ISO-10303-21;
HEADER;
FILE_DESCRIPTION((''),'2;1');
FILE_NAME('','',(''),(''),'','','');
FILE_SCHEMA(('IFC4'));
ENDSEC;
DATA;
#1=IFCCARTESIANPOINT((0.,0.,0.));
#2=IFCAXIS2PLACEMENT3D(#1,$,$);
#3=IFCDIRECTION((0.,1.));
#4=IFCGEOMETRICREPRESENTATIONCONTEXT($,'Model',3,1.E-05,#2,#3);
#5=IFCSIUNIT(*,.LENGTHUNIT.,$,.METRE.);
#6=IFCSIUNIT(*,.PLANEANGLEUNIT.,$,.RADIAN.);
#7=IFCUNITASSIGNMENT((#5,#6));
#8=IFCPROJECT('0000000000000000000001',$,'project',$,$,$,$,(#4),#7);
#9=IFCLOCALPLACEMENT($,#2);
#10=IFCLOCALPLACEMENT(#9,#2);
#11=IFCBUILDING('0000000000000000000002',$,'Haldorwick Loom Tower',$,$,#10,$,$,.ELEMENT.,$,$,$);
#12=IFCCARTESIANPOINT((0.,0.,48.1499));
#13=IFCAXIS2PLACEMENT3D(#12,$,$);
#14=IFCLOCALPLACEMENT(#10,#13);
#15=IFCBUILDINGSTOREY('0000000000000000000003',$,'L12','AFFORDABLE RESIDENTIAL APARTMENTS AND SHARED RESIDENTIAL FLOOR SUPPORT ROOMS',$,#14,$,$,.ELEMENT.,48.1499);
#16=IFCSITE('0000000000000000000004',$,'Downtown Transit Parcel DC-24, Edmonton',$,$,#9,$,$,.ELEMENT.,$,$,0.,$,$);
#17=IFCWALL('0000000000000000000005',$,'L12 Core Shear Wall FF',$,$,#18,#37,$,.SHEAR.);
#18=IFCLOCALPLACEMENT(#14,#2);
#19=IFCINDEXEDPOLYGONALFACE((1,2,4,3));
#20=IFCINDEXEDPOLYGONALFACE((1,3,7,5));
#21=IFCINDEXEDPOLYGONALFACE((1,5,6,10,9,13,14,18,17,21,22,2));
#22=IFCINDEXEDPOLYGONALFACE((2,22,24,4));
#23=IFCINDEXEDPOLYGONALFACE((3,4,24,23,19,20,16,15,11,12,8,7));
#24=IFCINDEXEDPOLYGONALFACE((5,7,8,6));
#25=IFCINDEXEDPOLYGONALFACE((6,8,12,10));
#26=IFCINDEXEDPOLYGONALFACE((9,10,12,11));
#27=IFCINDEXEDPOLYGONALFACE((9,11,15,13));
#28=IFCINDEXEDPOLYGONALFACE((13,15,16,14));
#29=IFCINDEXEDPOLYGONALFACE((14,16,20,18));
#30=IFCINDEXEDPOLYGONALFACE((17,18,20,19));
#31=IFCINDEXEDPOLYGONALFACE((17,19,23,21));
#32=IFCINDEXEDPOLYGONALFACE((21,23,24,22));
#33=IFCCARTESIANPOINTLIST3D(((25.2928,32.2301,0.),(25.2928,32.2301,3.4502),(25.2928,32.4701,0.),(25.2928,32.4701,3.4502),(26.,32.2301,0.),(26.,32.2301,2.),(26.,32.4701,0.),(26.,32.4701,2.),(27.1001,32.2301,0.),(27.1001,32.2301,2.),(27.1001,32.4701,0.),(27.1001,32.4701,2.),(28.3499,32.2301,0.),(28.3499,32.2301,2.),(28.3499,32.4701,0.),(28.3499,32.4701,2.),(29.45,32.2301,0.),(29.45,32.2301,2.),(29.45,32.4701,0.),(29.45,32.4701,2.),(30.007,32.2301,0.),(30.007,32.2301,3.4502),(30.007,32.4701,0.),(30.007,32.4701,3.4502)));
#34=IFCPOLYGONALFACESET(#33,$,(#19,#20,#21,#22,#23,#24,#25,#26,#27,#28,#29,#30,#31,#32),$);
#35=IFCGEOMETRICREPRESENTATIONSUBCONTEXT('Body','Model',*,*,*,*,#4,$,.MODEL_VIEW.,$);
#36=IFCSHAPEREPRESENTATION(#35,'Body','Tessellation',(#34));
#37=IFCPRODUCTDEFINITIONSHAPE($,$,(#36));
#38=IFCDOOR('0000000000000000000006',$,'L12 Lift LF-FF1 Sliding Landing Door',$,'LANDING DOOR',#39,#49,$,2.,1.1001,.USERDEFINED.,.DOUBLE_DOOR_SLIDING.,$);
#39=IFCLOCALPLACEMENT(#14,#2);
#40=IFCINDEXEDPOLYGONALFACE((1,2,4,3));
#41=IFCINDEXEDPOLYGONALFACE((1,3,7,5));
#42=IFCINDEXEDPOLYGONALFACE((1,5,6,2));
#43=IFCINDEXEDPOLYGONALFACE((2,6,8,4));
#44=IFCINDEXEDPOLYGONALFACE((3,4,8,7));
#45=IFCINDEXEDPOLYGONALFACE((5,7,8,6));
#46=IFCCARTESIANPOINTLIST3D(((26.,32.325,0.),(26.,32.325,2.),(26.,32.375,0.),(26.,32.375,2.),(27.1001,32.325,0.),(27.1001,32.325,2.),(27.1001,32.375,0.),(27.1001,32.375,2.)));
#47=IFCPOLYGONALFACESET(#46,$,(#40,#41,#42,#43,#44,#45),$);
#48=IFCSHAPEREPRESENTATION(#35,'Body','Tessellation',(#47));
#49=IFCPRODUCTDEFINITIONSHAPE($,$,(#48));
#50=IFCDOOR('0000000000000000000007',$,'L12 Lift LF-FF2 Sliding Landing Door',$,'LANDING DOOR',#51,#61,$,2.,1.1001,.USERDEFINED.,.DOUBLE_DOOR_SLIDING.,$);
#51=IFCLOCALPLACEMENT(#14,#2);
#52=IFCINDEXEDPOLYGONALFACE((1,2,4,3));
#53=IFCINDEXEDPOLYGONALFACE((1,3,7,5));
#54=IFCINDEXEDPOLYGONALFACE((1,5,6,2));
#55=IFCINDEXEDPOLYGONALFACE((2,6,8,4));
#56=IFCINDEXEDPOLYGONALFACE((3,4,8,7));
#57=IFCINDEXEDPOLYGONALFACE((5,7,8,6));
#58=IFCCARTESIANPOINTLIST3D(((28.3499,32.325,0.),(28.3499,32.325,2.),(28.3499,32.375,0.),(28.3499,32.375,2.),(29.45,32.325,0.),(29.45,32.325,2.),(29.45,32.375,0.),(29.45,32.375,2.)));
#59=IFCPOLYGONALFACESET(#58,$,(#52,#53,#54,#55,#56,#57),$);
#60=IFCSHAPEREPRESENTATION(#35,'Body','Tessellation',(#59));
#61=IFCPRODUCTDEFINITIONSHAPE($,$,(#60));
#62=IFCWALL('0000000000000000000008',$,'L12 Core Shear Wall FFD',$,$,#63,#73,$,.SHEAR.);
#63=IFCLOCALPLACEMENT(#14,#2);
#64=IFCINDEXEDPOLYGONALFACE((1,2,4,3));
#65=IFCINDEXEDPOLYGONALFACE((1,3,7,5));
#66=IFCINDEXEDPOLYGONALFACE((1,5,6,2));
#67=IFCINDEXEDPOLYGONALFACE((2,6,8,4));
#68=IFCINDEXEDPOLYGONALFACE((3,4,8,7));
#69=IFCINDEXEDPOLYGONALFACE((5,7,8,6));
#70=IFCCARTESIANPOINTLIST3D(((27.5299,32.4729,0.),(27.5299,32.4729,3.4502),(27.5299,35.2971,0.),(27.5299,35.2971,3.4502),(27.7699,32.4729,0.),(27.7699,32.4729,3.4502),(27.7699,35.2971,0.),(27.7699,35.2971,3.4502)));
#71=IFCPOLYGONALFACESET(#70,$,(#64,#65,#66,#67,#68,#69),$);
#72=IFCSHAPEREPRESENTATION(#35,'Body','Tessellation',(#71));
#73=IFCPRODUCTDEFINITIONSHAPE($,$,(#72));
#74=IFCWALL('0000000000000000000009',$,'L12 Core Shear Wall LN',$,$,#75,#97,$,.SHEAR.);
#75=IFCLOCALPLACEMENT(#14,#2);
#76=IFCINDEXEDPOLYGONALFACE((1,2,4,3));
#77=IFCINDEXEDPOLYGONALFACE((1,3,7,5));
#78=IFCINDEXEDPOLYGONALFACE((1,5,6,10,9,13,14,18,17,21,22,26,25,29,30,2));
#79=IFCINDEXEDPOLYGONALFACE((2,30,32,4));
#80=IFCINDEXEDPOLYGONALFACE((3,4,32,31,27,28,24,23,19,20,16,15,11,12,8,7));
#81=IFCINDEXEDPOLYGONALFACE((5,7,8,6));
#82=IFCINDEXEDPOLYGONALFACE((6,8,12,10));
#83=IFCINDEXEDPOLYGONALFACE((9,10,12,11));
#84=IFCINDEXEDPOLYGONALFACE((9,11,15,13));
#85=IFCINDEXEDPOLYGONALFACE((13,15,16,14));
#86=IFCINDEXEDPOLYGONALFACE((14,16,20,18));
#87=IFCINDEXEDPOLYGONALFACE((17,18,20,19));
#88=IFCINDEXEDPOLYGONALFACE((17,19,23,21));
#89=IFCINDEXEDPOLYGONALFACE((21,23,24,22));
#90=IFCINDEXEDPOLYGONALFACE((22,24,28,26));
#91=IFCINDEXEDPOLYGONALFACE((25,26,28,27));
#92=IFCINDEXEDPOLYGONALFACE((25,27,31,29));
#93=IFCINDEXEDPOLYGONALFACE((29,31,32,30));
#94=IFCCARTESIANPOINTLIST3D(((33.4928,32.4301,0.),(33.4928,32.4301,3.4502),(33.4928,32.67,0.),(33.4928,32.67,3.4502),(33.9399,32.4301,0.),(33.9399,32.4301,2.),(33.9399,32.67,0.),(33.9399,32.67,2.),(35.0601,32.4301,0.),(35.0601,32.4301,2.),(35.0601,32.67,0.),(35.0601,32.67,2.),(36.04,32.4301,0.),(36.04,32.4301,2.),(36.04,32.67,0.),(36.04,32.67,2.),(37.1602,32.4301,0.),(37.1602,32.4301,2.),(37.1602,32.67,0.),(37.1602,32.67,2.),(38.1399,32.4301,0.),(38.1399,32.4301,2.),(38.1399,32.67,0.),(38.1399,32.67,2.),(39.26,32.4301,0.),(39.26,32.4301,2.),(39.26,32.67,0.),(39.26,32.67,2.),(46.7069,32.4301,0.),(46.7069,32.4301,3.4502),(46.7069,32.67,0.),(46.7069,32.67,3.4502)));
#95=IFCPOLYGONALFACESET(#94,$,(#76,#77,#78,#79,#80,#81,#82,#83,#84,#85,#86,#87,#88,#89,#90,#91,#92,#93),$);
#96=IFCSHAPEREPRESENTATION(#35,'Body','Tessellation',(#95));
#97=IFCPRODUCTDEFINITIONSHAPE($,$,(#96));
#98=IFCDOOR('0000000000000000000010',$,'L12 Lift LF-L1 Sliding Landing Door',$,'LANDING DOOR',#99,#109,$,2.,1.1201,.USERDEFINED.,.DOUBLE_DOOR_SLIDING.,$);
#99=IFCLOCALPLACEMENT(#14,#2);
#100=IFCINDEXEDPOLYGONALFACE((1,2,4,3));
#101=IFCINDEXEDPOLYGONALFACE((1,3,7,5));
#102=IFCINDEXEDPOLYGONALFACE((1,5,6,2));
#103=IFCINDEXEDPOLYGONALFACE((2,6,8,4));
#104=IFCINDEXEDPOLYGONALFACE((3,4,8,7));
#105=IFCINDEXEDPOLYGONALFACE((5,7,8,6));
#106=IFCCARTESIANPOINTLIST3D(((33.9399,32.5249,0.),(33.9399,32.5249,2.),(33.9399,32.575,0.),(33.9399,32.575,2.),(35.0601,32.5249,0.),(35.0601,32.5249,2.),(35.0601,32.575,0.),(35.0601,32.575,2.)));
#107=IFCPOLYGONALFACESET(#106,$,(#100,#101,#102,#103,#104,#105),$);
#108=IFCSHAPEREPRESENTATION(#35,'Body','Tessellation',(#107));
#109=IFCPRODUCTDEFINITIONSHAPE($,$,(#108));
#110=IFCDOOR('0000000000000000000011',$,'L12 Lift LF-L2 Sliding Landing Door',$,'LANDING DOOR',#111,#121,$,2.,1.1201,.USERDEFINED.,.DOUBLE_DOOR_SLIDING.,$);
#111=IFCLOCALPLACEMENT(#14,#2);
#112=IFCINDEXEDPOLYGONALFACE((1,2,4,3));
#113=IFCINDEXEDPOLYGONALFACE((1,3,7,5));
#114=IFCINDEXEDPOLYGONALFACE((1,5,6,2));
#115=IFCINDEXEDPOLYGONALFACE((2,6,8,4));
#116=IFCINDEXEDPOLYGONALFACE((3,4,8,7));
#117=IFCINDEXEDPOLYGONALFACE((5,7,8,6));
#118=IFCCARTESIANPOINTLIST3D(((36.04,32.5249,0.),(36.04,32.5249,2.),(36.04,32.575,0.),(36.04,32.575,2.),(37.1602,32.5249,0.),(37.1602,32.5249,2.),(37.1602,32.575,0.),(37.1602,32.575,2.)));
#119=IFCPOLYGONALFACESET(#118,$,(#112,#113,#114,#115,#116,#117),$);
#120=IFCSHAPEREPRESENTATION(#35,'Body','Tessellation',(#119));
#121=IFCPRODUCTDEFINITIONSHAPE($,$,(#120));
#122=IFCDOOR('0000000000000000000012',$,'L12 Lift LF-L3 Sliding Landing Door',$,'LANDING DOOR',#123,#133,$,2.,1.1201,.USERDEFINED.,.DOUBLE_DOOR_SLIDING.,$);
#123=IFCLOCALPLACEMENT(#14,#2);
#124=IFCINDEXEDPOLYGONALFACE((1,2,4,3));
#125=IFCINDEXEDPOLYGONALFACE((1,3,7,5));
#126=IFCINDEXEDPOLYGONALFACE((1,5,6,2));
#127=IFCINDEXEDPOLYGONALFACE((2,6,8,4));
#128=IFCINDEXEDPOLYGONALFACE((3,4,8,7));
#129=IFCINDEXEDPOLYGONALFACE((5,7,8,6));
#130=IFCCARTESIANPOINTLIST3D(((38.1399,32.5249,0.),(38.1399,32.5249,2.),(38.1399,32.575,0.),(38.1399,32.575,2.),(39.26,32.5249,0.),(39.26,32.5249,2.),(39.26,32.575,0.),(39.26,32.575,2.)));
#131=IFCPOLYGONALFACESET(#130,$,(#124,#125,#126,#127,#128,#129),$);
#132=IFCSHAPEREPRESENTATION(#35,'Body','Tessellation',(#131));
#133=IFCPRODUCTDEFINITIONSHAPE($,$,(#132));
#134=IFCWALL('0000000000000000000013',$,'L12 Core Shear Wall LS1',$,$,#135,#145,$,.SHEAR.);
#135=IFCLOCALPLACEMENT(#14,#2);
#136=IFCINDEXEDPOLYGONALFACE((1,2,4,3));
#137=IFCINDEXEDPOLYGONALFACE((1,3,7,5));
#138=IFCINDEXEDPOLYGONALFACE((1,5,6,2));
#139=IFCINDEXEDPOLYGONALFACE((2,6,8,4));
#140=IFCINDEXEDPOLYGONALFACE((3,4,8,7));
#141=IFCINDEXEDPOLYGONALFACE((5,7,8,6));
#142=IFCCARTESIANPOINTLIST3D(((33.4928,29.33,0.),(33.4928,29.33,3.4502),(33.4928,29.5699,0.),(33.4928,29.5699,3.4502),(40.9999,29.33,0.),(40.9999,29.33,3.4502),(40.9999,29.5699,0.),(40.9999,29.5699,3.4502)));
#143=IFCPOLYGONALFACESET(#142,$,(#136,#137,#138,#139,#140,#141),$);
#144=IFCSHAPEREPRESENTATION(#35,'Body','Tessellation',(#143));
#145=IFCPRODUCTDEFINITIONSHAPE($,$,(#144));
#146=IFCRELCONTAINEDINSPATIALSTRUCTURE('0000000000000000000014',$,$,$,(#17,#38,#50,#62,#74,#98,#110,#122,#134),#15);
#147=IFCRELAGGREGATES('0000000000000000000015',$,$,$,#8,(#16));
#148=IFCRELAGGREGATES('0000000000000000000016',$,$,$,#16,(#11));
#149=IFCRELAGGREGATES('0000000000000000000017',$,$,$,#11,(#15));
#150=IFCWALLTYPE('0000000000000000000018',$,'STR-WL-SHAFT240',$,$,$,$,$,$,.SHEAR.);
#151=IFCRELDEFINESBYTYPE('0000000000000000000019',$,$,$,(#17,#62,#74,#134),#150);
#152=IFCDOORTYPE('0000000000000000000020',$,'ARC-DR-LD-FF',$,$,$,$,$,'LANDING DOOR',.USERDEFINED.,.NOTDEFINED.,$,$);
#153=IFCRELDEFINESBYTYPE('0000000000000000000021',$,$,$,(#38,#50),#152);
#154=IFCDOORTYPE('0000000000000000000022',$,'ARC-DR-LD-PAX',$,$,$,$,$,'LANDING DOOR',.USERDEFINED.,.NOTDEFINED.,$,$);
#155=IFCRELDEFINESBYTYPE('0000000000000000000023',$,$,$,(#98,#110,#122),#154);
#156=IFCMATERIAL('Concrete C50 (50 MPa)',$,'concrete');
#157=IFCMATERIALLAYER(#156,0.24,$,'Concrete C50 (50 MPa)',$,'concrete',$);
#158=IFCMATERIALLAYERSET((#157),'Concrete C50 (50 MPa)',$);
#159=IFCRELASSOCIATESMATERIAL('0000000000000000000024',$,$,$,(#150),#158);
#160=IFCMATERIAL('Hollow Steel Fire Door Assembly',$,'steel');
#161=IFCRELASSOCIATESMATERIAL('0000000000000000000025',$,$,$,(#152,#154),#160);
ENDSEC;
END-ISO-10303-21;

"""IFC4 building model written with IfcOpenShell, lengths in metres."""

from ifc_helpers import new_model, si_unit, direction, frame, frame_2d, origin, place, context, subcontext, project, spatial, rectangle, extrude, material, layer, layer_set, type_object, element, fill, save


model = new_model("IFC4")

# Units and contexts
model_context = context("Model", 3, precision=1e-05, world=origin(), true_north=direction((0.0, 1.0)))
body_context = subcontext(model_context, "Body", "Model", "MODEL_VIEW")
ifc_project = project(units=[si_unit("LENGTHUNIT", "METRE"), si_unit("PLANEANGLEUNIT", "RADIAN")], contexts=[model_context])

# Site, building, storey
site_placement = place(None, origin())
site = spatial("IfcSite", under=ifc_project, at=site_placement, Name="Downtown Transit Parcel DC-24, Edmonton", CompositionType="ELEMENT", RefElevation=0.0)
building_placement = place(site_placement, origin())
building = spatial("IfcBuilding", under=site, at=building_placement, Name="Haldorwick Loom Tower", CompositionType="ELEMENT")
storey_placement = place(building_placement, frame((0.0, 0.0, 48.1499)))
storey = spatial("IfcBuildingStorey", under=building, at=storey_placement, Name="L12", Description="AFFORDABLE RESIDENTIAL APARTMENTS AND SHARED RESIDENTIAL FLOOR SUPPORT ROOMS", CompositionType="ELEMENT", Elevation=48.1499)

# Shared definitions
ifc_material_1 = material(Name="Concrete C50 (50 MPa)", Category="concrete")
ifc_layer = layer(ifc_material_1, 0.24, Name="Concrete C50 (50 MPa)", Category="concrete")
ifc_layer_set = layer_set([ifc_layer], Name="Concrete C50 (50 MPa)")
wall_type = type_object("IfcWallType", Name="STR-WL-SHAFT240", PredefinedType="SHEAR", material=ifc_layer_set)

# Wall, openings, doors
wall_1_placement = place(storey_placement, frame((25.293, 32.3501, 0.0), z_axis=(0.0, 0.0, 1.0), x_axis=(1.0, 0.0, 0.0)))
wall_1 = element("IfcWall", 1, at=wall_1_placement, inside=storey, type_object=wall_type, Name="L12 Core Shear Wall FF", PredefinedType="SHEAR", context=body_context, shape_type="SweptSolid", body=[
    extrude(rectangle(XDim=4.7141, YDim=0.24, at=frame_2d((2.3569, 0.0))), origin(), (0.0, 0.0, 1.0), 3.4502),
])
opening_1_placement = place(wall_1_placement, frame((0.707, 0.0, 0.0)))
opening_1 = element("IfcOpeningElement", 2, at=opening_1_placement, cuts=wall_1, PredefinedType="OPENING", context=body_context, shape_type="SweptSolid", body=[
    extrude(rectangle(XDim=1.1001, YDim=2.0, at=frame_2d((0.55, 1.0))), frame((0.0, 0.1299, 0.0), z_axis=(0.0, -1.0, 0.0), x_axis=(1.0, 0.0, 0.0)), (0.0, 0.0, 1.0), 0.26),
])
opening_2_placement = place(wall_1_placement, frame((3.0569, 0.0, 0.0)))
opening_2 = element("IfcOpeningElement", 3, at=opening_2_placement, cuts=wall_1, PredefinedType="OPENING", context=body_context, shape_type="SweptSolid", body=[
    extrude(rectangle(XDim=1.1001, YDim=2.0, at=frame_2d((0.55, 1.0))), frame((0.0, 0.1299, 0.0), z_axis=(0.0, -1.0, 0.0), x_axis=(1.0, 0.0, 0.0)), (0.0, 0.0, 1.0), 0.26),
])
ifc_material_2 = material(Name="Hollow Steel Fire Door Assembly", Category="steel")
door_type_1 = type_object("IfcDoorType", Name="ARC-DR-LD-FF", ElementType="LANDING DOOR", OperationType="NOTDEFINED", PredefinedType="USERDEFINED", material=ifc_material_2)
door_1_placement = place(opening_1_placement, origin())
door_1 = element("IfcDoor", 4, at=door_1_placement, inside=storey, type_object=door_type_1, Name="L12 Lift LF-FF1 Sliding Landing Door", ObjectType="LANDING DOOR", OperationType="DOUBLE_DOOR_SLIDING", OverallHeight=2.0, OverallWidth=1.1001, PredefinedType="USERDEFINED", context=body_context, shape_type="SweptSolid", body=[
    extrude(rectangle(XDim=1.1001, YDim=2.0, at=frame_2d((0.55, 1.0))), frame((0.0, 0.0249, 0.0), z_axis=(0.0, -1.0, 0.0), x_axis=(1.0, 0.0, 0.0)), (0.0, 0.0, 1.0), 0.05),
])
fill(opening_1, door_1)
door_2_placement = place(opening_2_placement, origin())
door_2 = element("IfcDoor", 5, at=door_2_placement, inside=storey, type_object=door_type_1, Name="L12 Lift LF-FF2 Sliding Landing Door", ObjectType="LANDING DOOR", OperationType="DOUBLE_DOOR_SLIDING", OverallHeight=2.0, OverallWidth=1.1001, PredefinedType="USERDEFINED", context=body_context, shape_type="SweptSolid", body=[
    extrude(rectangle(XDim=1.1001, YDim=2.0, at=frame_2d((0.55, 1.0))), frame((0.0, 0.0249, 0.0), z_axis=(0.0, -1.0, 0.0), x_axis=(1.0, 0.0, 0.0)), (0.0, 0.0, 1.0), 0.05),
])
fill(opening_2, door_2)

# Wall
wall_2_placement = place(storey_placement, frame((27.6499, 32.4729, 0.0), z_axis=(0.0, 0.0, 1.0), x_axis=(0.0, 1.0, 0.0)))
element("IfcWall", 6, at=wall_2_placement, inside=storey, type_object=wall_type, Name="L12 Core Shear Wall FFD", PredefinedType="SHEAR", context=body_context, shape_type="SweptSolid", body=[
    extrude(rectangle(XDim=2.8242, YDim=0.24, at=frame_2d((1.4121, 0.0))), origin(), (0.0, 0.0, 1.0), 3.4502),
])

# Wall, openings, doors
wall_3_placement = place(storey_placement, frame((33.4929, 32.55, 0.0), z_axis=(0.0, 0.0, 1.0), x_axis=(1.0, 0.0, 0.0)))
wall_3 = element("IfcWall", 7, at=wall_3_placement, inside=storey, type_object=wall_type, Name="L12 Core Shear Wall LN", PredefinedType="SHEAR", context=body_context, shape_type="SweptSolid", body=[
    extrude(rectangle(XDim=13.2141, YDim=0.24, at=frame_2d((6.6069, 0.0))), origin(), (0.0, 0.0, 1.0), 3.4502),
])
opening_3_placement = place(wall_3_placement, frame((0.447, 0.0, 0.0)))
opening_3 = element("IfcOpeningElement", 8, at=opening_3_placement, cuts=wall_3, PredefinedType="OPENING", context=body_context, shape_type="SweptSolid", body=[
    extrude(rectangle(XDim=1.1201, YDim=2.0, at=frame_2d((0.5601, 1.0))), frame((0.0, 0.1299, 0.0), z_axis=(0.0, -1.0, 0.0), x_axis=(1.0, 0.0, 0.0)), (0.0, 0.0, 1.0), 0.26),
])
opening_4_placement = place(wall_3_placement, frame((2.5471, 0.0, 0.0)))
opening_4 = element("IfcOpeningElement", 9, at=opening_4_placement, cuts=wall_3, PredefinedType="OPENING", context=body_context, shape_type="SweptSolid", body=[
    extrude(rectangle(XDim=1.1201, YDim=2.0, at=frame_2d((0.5601, 1.0))), frame((0.0, 0.1299, 0.0), z_axis=(0.0, -1.0, 0.0), x_axis=(1.0, 0.0, 0.0)), (0.0, 0.0, 1.0), 0.26),
])
opening_5_placement = place(wall_3_placement, frame((4.647, 0.0, 0.0)))
opening_5 = element("IfcOpeningElement", 10, at=opening_5_placement, cuts=wall_3, PredefinedType="OPENING", context=body_context, shape_type="SweptSolid", body=[
    extrude(rectangle(XDim=1.1201, YDim=2.0, at=frame_2d((0.5601, 1.0))), frame((0.0, 0.1299, 0.0), z_axis=(0.0, -1.0, 0.0), x_axis=(1.0, 0.0, 0.0)), (0.0, 0.0, 1.0), 0.26),
])
door_type_2 = type_object("IfcDoorType", Name="ARC-DR-LD-PAX", ElementType="LANDING DOOR", OperationType="NOTDEFINED", PredefinedType="USERDEFINED", material=ifc_material_2)
door_3_placement = place(opening_3_placement, origin())
door_3 = element("IfcDoor", 11, at=door_3_placement, inside=storey, type_object=door_type_2, Name="L12 Lift LF-L1 Sliding Landing Door", ObjectType="LANDING DOOR", OperationType="DOUBLE_DOOR_SLIDING", OverallHeight=2.0, OverallWidth=1.1201, PredefinedType="USERDEFINED", context=body_context, shape_type="SweptSolid", body=[
    extrude(rectangle(XDim=1.1201, YDim=2.0, at=frame_2d((0.5601, 1.0))), frame((0.0, 0.0249, 0.0), z_axis=(0.0, -1.0, 0.0), x_axis=(1.0, 0.0, 0.0)), (0.0, 0.0, 1.0), 0.05),
])
fill(opening_3, door_3)
door_4_placement = place(opening_4_placement, origin())
door_4 = element("IfcDoor", 12, at=door_4_placement, inside=storey, type_object=door_type_2, Name="L12 Lift LF-L2 Sliding Landing Door", ObjectType="LANDING DOOR", OperationType="DOUBLE_DOOR_SLIDING", OverallHeight=2.0, OverallWidth=1.1201, PredefinedType="USERDEFINED", context=body_context, shape_type="SweptSolid", body=[
    extrude(rectangle(XDim=1.1201, YDim=2.0, at=frame_2d((0.5601, 1.0))), frame((0.0, 0.0249, 0.0), z_axis=(0.0, -1.0, 0.0), x_axis=(1.0, 0.0, 0.0)), (0.0, 0.0, 1.0), 0.05),
])
fill(opening_4, door_4)
door_5_placement = place(opening_5_placement, origin())
door_5 = element("IfcDoor", 13, at=door_5_placement, inside=storey, type_object=door_type_2, Name="L12 Lift LF-L3 Sliding Landing Door", ObjectType="LANDING DOOR", OperationType="DOUBLE_DOOR_SLIDING", OverallHeight=2.0, OverallWidth=1.1201, PredefinedType="USERDEFINED", context=body_context, shape_type="SweptSolid", body=[
    extrude(rectangle(XDim=1.1201, YDim=2.0, at=frame_2d((0.5601, 1.0))), frame((0.0, 0.0249, 0.0), z_axis=(0.0, -1.0, 0.0), x_axis=(1.0, 0.0, 0.0)), (0.0, 0.0, 1.0), 0.05),
])
fill(opening_5, door_5)

# Wall
wall_4_placement = place(storey_placement, frame((33.4929, 29.45, 0.0), z_axis=(0.0, 0.0, 1.0), x_axis=(1.0, 0.0, 0.0)))
element("IfcWall", 14, at=wall_4_placement, inside=storey, type_object=wall_type, Name="L12 Core Shear Wall LS1", PredefinedType="SHEAR", context=body_context, shape_type="SweptSolid", body=[
    extrude(rectangle(XDim=7.5071, YDim=0.24, at=frame_2d((3.7534, 0.0))), origin(), (0.0, 0.0, 1.0), 3.4502),
])

save(model, "model.ifc")
